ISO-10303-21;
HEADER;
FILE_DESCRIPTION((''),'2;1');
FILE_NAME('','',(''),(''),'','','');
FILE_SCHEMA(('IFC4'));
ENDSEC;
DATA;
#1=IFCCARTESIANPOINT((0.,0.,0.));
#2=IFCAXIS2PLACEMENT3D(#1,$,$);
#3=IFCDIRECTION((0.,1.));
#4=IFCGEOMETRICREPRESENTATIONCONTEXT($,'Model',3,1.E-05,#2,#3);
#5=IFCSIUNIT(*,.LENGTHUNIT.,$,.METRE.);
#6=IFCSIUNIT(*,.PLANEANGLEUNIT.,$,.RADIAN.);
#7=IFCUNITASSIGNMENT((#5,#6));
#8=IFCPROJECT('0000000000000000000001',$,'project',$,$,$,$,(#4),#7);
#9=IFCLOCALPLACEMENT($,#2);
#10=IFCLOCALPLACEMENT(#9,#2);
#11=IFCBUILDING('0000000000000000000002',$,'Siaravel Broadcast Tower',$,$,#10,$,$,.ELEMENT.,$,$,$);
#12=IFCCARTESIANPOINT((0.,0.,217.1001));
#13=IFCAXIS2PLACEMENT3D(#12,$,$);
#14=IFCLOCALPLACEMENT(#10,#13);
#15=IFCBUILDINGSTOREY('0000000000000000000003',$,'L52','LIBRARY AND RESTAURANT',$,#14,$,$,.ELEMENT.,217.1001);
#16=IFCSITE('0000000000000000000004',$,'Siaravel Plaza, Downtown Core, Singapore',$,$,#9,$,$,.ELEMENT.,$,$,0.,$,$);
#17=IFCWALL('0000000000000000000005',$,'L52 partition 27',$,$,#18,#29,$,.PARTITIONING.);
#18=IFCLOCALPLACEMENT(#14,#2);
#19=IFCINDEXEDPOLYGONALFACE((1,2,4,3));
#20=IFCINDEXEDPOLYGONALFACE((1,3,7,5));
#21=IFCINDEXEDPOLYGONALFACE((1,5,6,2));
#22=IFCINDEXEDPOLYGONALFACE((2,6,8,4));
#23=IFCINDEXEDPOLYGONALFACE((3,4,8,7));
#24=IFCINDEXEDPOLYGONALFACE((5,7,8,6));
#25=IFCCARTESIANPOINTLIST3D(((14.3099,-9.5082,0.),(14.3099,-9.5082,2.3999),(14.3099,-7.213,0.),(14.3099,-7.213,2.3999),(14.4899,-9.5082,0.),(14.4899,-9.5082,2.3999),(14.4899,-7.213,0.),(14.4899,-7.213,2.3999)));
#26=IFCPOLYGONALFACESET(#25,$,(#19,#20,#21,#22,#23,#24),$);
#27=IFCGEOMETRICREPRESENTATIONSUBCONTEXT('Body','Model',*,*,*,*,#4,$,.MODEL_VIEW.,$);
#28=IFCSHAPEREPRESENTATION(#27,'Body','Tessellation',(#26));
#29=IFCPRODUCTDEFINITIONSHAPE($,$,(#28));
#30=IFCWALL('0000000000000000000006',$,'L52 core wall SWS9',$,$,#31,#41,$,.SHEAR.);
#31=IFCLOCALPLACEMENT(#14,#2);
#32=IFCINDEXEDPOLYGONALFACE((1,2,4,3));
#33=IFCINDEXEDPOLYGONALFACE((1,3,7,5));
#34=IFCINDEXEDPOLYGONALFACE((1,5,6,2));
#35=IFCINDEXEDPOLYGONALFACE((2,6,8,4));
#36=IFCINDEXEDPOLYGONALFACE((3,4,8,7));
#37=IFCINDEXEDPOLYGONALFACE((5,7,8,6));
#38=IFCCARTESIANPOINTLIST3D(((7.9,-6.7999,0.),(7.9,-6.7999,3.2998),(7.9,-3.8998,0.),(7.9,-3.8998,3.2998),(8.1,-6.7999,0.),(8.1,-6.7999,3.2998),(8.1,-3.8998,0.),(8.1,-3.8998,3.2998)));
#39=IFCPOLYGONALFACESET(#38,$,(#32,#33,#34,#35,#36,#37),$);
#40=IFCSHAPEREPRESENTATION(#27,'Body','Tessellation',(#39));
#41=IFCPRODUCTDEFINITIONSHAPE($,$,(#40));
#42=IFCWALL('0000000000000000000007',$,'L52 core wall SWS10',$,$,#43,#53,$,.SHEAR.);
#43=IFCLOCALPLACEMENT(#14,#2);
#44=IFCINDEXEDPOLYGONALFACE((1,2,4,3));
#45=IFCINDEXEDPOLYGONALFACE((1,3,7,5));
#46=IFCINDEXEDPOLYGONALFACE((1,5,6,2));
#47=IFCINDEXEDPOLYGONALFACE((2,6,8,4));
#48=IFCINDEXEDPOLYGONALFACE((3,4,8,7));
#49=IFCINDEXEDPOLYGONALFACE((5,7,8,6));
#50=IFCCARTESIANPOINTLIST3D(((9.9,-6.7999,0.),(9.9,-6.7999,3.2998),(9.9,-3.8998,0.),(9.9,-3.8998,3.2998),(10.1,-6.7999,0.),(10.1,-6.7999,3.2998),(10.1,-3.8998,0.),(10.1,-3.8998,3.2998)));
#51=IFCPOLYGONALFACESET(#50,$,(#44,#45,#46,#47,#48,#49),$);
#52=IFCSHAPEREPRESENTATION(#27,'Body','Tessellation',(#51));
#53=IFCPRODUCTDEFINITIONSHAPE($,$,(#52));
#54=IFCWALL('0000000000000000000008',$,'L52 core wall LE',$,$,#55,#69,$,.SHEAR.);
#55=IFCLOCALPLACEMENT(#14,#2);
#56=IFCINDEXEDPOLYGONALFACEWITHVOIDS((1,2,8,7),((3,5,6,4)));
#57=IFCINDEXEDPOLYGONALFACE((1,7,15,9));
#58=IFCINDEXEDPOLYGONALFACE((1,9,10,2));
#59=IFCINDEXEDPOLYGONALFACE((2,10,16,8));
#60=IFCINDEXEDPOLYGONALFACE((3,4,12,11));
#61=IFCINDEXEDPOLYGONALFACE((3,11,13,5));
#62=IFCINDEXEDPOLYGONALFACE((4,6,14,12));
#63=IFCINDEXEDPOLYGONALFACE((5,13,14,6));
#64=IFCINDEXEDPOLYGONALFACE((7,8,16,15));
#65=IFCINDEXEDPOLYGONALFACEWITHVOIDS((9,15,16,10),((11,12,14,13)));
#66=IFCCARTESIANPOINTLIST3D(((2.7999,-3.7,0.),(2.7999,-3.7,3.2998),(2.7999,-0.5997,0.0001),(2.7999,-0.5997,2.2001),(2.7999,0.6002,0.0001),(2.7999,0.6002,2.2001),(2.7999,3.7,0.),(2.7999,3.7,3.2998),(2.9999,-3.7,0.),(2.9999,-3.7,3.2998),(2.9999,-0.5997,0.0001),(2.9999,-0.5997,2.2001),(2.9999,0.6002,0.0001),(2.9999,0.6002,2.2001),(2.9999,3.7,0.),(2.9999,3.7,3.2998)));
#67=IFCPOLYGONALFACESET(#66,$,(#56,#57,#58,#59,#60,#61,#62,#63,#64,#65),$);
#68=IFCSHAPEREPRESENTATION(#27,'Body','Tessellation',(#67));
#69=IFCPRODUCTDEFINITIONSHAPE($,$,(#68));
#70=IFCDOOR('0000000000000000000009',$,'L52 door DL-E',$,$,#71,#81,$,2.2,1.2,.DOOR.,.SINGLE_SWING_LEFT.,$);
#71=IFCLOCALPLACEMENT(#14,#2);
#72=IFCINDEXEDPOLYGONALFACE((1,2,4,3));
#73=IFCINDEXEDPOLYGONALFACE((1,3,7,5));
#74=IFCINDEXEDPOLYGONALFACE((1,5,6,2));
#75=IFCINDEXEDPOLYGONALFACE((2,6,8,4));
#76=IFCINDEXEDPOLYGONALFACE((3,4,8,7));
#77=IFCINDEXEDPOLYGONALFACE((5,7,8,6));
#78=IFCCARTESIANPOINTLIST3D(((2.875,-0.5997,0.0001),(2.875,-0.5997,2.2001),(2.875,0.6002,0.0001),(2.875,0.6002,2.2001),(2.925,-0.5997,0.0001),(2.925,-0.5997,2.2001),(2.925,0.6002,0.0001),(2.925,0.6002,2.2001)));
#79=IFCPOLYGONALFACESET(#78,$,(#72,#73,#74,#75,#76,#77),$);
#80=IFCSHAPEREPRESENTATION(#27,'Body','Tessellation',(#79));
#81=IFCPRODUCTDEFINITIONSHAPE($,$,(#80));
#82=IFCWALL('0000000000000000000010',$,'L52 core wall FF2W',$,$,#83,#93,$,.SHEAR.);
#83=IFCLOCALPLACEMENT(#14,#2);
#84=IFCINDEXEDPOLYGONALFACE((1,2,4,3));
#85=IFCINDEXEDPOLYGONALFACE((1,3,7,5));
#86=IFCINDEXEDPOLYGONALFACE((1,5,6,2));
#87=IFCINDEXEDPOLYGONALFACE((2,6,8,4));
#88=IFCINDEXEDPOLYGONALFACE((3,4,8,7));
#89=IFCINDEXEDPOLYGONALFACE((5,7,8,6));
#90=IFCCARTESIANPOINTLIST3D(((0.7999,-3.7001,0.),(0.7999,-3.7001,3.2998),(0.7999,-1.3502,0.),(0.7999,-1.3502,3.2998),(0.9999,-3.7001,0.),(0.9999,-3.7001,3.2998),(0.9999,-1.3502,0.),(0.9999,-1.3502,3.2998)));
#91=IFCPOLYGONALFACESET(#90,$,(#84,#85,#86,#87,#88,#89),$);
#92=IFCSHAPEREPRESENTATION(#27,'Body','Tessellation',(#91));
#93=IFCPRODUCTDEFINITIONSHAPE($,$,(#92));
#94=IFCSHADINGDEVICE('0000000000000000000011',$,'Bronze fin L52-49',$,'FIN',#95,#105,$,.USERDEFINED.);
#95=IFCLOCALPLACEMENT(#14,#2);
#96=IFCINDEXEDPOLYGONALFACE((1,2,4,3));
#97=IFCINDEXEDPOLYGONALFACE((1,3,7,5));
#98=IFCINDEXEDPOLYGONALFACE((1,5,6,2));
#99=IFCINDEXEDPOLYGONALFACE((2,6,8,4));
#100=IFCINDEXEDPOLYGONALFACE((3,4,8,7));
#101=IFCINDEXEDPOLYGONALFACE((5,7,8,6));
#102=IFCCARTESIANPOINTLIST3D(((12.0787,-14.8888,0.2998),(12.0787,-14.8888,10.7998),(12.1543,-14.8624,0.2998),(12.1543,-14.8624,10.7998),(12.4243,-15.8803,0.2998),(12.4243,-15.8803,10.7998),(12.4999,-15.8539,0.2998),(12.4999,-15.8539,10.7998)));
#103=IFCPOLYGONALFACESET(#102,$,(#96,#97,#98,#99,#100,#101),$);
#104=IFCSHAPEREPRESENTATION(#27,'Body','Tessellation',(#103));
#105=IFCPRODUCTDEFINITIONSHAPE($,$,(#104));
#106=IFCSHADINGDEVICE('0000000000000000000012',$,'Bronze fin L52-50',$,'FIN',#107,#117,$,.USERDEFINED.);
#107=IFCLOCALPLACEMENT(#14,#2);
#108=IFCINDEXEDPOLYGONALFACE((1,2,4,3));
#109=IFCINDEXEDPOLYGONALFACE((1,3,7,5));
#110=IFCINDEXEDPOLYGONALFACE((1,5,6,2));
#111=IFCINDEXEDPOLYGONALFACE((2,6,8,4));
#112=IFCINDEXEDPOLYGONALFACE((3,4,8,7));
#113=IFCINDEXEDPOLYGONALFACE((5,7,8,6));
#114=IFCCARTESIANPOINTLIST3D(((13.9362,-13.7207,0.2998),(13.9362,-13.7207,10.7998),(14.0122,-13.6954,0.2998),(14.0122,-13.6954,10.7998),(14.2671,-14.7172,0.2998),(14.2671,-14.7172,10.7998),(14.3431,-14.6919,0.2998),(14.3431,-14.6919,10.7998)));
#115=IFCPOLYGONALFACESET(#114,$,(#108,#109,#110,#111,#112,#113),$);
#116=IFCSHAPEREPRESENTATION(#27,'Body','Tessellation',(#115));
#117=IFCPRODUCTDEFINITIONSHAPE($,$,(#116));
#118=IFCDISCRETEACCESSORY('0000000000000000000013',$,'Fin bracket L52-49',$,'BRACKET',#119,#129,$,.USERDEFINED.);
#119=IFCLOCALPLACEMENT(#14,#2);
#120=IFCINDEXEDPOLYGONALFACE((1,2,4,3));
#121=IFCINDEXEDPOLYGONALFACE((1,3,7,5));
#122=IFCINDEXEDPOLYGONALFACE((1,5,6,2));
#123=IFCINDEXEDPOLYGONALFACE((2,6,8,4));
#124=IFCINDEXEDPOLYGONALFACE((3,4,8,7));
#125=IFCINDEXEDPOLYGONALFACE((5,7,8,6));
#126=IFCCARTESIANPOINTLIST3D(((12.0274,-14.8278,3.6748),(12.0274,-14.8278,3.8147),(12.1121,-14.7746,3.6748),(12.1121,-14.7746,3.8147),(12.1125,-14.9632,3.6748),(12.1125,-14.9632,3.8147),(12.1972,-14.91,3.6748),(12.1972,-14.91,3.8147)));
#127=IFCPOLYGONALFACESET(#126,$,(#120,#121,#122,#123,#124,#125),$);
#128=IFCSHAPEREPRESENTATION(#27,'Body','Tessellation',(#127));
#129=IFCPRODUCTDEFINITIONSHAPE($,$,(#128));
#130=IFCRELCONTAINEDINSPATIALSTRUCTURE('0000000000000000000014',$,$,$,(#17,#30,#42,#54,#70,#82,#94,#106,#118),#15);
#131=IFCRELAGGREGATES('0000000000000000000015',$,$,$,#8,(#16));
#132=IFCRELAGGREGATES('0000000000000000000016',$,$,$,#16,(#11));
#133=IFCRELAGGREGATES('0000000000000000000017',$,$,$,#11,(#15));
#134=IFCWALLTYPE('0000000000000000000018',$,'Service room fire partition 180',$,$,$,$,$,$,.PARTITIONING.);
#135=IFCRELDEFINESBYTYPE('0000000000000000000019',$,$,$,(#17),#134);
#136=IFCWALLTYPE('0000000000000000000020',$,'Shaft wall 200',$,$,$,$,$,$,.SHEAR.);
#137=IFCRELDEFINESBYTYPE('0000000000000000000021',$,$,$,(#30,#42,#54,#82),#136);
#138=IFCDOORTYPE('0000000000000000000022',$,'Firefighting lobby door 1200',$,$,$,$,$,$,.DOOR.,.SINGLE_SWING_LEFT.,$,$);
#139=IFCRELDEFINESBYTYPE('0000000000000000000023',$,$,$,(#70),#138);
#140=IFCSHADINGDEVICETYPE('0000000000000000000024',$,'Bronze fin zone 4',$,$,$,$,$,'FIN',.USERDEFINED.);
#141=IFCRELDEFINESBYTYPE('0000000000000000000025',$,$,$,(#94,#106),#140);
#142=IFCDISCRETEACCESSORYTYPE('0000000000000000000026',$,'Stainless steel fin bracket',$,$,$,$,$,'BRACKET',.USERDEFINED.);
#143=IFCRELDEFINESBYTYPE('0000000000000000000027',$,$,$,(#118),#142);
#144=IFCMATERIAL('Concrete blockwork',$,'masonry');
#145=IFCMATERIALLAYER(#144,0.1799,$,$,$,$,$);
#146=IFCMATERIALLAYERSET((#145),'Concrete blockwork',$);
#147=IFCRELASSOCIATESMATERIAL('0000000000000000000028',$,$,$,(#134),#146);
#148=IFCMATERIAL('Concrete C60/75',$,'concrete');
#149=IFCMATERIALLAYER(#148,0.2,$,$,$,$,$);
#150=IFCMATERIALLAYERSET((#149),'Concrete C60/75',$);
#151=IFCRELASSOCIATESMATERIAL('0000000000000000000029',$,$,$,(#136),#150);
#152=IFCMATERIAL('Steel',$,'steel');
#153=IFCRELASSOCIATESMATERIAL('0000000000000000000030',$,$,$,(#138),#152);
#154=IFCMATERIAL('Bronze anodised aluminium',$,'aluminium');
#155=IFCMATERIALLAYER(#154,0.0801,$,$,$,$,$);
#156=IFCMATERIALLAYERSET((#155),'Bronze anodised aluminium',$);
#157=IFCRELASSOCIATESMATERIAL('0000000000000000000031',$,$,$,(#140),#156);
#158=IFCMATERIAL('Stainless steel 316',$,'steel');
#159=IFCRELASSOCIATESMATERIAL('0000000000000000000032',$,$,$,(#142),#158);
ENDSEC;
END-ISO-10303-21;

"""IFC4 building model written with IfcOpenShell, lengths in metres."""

from ifc_helpers import new_model, si_unit, direction, frame, frame_2d, origin, origin_2d, place, context, subcontext, project, spatial, rectangle, extrude, material, layer, layer_set, type_object, element, fill, save


model = new_model("IFC4")

# Units and contexts
model_context = context("Model", 3, precision=1e-05, world=origin(), true_north=direction((0.0, 1.0)))
body_context = subcontext(model_context, "Body", "Model", "MODEL_VIEW")
ifc_project = project(units=[si_unit("LENGTHUNIT", "METRE"), si_unit("PLANEANGLEUNIT", "RADIAN")], contexts=[model_context])

# Site, building, storey
site_placement = place(None, origin())
site = spatial("IfcSite", under=ifc_project, at=site_placement, Name="Siaravel Plaza, Downtown Core, Singapore", CompositionType="ELEMENT", RefElevation=0.0)
building_placement = place(site_placement, origin())
building = spatial("IfcBuilding", under=site, at=building_placement, Name="Siaravel Broadcast Tower", CompositionType="ELEMENT")
storey_placement = place(building_placement, frame((0.0, 0.0, 217.1001)))
storey = spatial("IfcBuildingStorey", under=building, at=storey_placement, Name="L52", Description="LIBRARY AND RESTAURANT", CompositionType="ELEMENT", Elevation=217.1001)

# Shared definitions
ifc_material_1 = material(Name="Concrete blockwork", Category="masonry")

# Shared definitions
ifc_material_2 = material(Name="Concrete C60/75", Category="concrete")
ifc_material_3 = material(Name="Steel", Category="steel")

# Shared definitions
ifc_layer_1 = layer(ifc_material_1, 0.1799)
ifc_layer_set_1 = layer_set([ifc_layer_1], Name="Concrete blockwork")
wall_type_1 = type_object("IfcWallType", Name="Service room fire partition 180", PredefinedType="PARTITIONING", material=ifc_layer_set_1)

# Walls
wall_1_placement = place(storey_placement, frame((14.3999, -9.5081, 0.0), z_axis=(0.0, 0.0, 1.0), x_axis=(0.0, 1.0, 0.0)))
element("IfcWall", 1, at=wall_1_placement, inside=storey, type_object=wall_type_1, Name="L52 partition 27", PredefinedType="PARTITIONING", context=body_context, shape_type="SweptSolid", body=[
    extrude(rectangle(XDim=2.2952, YDim=0.1799, at=frame_2d((1.1475, 0.0))), origin(), (0.0, 0.0, 1.0), 2.3999),
])
ifc_layer_2 = layer(ifc_material_2, 0.2)
ifc_layer_set_2 = layer_set([ifc_layer_2], Name="Concrete C60/75")
wall_type_2 = type_object("IfcWallType", Name="Shaft wall 200", PredefinedType="SHEAR", material=ifc_layer_set_2)
for number, where, z_axis, x_axis, name in (
    (2, (8.0, -6.8, 0.0), (0.0, 0.0, 1.0), (0.0, 1.0, 0.0), "L52 core wall SWS9"),
    (3, (10.0, -6.8, 0.0), (0.0, 0.0, 1.0), (0.0, 1.0, 0.0), "L52 core wall SWS10"),
):
    element("IfcWall", number, at=place(storey_placement, frame(where, z_axis=z_axis, x_axis=x_axis)), inside=storey, type_object=wall_type_2, Name=name, PredefinedType="SHEAR", context=body_context, shape_type="SweptSolid", body=[
        extrude(rectangle(XDim=2.9001, YDim=0.2, at=frame_2d((1.4502, 0.0))), origin(), (0.0, 0.0, 1.0), 3.2998),
    ])

# Wall, opening, door
wall_2_placement = place(storey_placement, frame((2.8999, -3.7, 0.0), z_axis=(0.0, 0.0, 1.0), x_axis=(0.0, 1.0, 0.0)))
wall_2 = element("IfcWall", 4, at=wall_2_placement, inside=storey, type_object=wall_type_2, Name="L52 core wall LE", PredefinedType="SHEAR", context=body_context, shape_type="SweptSolid", body=[
    extrude(rectangle(XDim=7.3999, YDim=0.2, at=frame_2d((3.7, 0.0))), origin(), (0.0, 0.0, 1.0), 3.2998),
])
opening_1_placement = place(wall_2_placement, frame((3.1001, 0.0, 0.0)))
opening_1 = element("IfcOpeningElement", 5, at=opening_1_placement, cuts=wall_2, PredefinedType="OPENING", context=body_context, shape_type="SweptSolid", body=[
    extrude(rectangle(XDim=1.2, YDim=2.2, at=frame_2d((0.6001, 1.1001))), frame((0.0, 0.1099, 0.0), z_axis=(0.0, -1.0, 0.0), x_axis=(1.0, 0.0, 0.0)), (0.0, 0.0, 1.0), 0.22),
])
door_type_1 = type_object("IfcDoorType", Name="Firefighting lobby door 1200", OperationType="SINGLE_SWING_LEFT", PredefinedType="DOOR", material=ifc_material_3)
door_1_placement = place(opening_1_placement, origin())
door_1 = element("IfcDoor", 6, at=door_1_placement, inside=storey, type_object=door_type_1, Name="L52 door DL-E", OperationType="SINGLE_SWING_LEFT", OverallHeight=2.2, OverallWidth=1.2, PredefinedType="DOOR", context=body_context, shape_type="SweptSolid", body=[
    extrude(rectangle(XDim=1.2, YDim=2.2, at=frame_2d((0.6001, 1.1001))), frame((0.0, 0.0249, 0.0), z_axis=(0.0, -1.0, 0.0), x_axis=(1.0, 0.0, 0.0)), (0.0, 0.0, 1.0), 0.05),
])
fill(opening_1, door_1)

# Wall
wall_3_placement = place(storey_placement, frame((0.8999, -3.7, 0.0), z_axis=(0.0, 0.0, 1.0), x_axis=(0.0, 1.0, 0.0)))
element("IfcWall", 7, at=wall_3_placement, inside=storey, type_object=wall_type_2, Name="L52 core wall FF2W", PredefinedType="SHEAR", context=body_context, shape_type="SweptSolid", body=[
    extrude(rectangle(XDim=2.3499, YDim=0.2, at=frame_2d((1.1748, 0.0))), origin(), (0.0, 0.0, 1.0), 3.2998),
])

# Shading devices
ifc_material_4 = material(Name="Bronze anodised aluminium", Category="aluminium")
ifc_layer_3 = layer(ifc_material_4, 0.0801)
ifc_layer_set_3 = layer_set([ifc_layer_3], Name="Bronze anodised aluminium")
shading_device_type = type_object("IfcShadingDeviceType", Name="Bronze fin zone 4", ElementType="FIN", PredefinedType="USERDEFINED", material=ifc_layer_set_3)
for number, where, z_axis, x_axis, name in (
    (8, (12.2893, -15.3713, 0.2998), (0.0, 0.0, 1.0), (0.329188, -0.944264, 0.0), "Bronze fin L52-49"),
    (9, (14.1396, -14.2063, 0.2998), (0.0, 0.0, 1.0), (0.315175, -0.949033, 0.0), "Bronze fin L52-50"),
):
    element("IfcShadingDevice", number, at=place(storey_placement, frame(where, z_axis=z_axis, x_axis=x_axis)), inside=storey, type_object=shading_device_type, Name=name, ObjectType="FIN", PredefinedType="USERDEFINED", context=body_context, shape_type="SweptSolid", body=[
        extrude(rectangle(XDim=1.05, YDim=0.0801, at=origin_2d()), origin(), (0.0, 0.0, 1.0), 10.5),
    ])

# Discrete accessory
ifc_material_5 = material(Name="Stainless steel 316", Category="steel")
discrete_accessory_type = type_object("IfcDiscreteAccessoryType", Name="Stainless steel fin bracket", ElementType="BRACKET", PredefinedType="USERDEFINED", material=ifc_material_5)
discrete_accessory_placement = place(storey_placement, frame((12.1123, -14.8689, 3.6748), z_axis=(0.0, 0.0, 1.0), x_axis=(0.532149, -0.84665, 0.0)))
element("IfcDiscreteAccessory", 10, at=discrete_accessory_placement, inside=storey, type_object=discrete_accessory_type, Name="Fin bracket L52-49", ObjectType="BRACKET", PredefinedType="USERDEFINED", context=body_context, shape_type="SweptSolid", body=[
    extrude(rectangle(XDim=0.1599, YDim=0.1001, at=origin_2d()), origin(), (0.0, 0.0, 1.0), 0.1399),
])

save(model, "model.ifc")
